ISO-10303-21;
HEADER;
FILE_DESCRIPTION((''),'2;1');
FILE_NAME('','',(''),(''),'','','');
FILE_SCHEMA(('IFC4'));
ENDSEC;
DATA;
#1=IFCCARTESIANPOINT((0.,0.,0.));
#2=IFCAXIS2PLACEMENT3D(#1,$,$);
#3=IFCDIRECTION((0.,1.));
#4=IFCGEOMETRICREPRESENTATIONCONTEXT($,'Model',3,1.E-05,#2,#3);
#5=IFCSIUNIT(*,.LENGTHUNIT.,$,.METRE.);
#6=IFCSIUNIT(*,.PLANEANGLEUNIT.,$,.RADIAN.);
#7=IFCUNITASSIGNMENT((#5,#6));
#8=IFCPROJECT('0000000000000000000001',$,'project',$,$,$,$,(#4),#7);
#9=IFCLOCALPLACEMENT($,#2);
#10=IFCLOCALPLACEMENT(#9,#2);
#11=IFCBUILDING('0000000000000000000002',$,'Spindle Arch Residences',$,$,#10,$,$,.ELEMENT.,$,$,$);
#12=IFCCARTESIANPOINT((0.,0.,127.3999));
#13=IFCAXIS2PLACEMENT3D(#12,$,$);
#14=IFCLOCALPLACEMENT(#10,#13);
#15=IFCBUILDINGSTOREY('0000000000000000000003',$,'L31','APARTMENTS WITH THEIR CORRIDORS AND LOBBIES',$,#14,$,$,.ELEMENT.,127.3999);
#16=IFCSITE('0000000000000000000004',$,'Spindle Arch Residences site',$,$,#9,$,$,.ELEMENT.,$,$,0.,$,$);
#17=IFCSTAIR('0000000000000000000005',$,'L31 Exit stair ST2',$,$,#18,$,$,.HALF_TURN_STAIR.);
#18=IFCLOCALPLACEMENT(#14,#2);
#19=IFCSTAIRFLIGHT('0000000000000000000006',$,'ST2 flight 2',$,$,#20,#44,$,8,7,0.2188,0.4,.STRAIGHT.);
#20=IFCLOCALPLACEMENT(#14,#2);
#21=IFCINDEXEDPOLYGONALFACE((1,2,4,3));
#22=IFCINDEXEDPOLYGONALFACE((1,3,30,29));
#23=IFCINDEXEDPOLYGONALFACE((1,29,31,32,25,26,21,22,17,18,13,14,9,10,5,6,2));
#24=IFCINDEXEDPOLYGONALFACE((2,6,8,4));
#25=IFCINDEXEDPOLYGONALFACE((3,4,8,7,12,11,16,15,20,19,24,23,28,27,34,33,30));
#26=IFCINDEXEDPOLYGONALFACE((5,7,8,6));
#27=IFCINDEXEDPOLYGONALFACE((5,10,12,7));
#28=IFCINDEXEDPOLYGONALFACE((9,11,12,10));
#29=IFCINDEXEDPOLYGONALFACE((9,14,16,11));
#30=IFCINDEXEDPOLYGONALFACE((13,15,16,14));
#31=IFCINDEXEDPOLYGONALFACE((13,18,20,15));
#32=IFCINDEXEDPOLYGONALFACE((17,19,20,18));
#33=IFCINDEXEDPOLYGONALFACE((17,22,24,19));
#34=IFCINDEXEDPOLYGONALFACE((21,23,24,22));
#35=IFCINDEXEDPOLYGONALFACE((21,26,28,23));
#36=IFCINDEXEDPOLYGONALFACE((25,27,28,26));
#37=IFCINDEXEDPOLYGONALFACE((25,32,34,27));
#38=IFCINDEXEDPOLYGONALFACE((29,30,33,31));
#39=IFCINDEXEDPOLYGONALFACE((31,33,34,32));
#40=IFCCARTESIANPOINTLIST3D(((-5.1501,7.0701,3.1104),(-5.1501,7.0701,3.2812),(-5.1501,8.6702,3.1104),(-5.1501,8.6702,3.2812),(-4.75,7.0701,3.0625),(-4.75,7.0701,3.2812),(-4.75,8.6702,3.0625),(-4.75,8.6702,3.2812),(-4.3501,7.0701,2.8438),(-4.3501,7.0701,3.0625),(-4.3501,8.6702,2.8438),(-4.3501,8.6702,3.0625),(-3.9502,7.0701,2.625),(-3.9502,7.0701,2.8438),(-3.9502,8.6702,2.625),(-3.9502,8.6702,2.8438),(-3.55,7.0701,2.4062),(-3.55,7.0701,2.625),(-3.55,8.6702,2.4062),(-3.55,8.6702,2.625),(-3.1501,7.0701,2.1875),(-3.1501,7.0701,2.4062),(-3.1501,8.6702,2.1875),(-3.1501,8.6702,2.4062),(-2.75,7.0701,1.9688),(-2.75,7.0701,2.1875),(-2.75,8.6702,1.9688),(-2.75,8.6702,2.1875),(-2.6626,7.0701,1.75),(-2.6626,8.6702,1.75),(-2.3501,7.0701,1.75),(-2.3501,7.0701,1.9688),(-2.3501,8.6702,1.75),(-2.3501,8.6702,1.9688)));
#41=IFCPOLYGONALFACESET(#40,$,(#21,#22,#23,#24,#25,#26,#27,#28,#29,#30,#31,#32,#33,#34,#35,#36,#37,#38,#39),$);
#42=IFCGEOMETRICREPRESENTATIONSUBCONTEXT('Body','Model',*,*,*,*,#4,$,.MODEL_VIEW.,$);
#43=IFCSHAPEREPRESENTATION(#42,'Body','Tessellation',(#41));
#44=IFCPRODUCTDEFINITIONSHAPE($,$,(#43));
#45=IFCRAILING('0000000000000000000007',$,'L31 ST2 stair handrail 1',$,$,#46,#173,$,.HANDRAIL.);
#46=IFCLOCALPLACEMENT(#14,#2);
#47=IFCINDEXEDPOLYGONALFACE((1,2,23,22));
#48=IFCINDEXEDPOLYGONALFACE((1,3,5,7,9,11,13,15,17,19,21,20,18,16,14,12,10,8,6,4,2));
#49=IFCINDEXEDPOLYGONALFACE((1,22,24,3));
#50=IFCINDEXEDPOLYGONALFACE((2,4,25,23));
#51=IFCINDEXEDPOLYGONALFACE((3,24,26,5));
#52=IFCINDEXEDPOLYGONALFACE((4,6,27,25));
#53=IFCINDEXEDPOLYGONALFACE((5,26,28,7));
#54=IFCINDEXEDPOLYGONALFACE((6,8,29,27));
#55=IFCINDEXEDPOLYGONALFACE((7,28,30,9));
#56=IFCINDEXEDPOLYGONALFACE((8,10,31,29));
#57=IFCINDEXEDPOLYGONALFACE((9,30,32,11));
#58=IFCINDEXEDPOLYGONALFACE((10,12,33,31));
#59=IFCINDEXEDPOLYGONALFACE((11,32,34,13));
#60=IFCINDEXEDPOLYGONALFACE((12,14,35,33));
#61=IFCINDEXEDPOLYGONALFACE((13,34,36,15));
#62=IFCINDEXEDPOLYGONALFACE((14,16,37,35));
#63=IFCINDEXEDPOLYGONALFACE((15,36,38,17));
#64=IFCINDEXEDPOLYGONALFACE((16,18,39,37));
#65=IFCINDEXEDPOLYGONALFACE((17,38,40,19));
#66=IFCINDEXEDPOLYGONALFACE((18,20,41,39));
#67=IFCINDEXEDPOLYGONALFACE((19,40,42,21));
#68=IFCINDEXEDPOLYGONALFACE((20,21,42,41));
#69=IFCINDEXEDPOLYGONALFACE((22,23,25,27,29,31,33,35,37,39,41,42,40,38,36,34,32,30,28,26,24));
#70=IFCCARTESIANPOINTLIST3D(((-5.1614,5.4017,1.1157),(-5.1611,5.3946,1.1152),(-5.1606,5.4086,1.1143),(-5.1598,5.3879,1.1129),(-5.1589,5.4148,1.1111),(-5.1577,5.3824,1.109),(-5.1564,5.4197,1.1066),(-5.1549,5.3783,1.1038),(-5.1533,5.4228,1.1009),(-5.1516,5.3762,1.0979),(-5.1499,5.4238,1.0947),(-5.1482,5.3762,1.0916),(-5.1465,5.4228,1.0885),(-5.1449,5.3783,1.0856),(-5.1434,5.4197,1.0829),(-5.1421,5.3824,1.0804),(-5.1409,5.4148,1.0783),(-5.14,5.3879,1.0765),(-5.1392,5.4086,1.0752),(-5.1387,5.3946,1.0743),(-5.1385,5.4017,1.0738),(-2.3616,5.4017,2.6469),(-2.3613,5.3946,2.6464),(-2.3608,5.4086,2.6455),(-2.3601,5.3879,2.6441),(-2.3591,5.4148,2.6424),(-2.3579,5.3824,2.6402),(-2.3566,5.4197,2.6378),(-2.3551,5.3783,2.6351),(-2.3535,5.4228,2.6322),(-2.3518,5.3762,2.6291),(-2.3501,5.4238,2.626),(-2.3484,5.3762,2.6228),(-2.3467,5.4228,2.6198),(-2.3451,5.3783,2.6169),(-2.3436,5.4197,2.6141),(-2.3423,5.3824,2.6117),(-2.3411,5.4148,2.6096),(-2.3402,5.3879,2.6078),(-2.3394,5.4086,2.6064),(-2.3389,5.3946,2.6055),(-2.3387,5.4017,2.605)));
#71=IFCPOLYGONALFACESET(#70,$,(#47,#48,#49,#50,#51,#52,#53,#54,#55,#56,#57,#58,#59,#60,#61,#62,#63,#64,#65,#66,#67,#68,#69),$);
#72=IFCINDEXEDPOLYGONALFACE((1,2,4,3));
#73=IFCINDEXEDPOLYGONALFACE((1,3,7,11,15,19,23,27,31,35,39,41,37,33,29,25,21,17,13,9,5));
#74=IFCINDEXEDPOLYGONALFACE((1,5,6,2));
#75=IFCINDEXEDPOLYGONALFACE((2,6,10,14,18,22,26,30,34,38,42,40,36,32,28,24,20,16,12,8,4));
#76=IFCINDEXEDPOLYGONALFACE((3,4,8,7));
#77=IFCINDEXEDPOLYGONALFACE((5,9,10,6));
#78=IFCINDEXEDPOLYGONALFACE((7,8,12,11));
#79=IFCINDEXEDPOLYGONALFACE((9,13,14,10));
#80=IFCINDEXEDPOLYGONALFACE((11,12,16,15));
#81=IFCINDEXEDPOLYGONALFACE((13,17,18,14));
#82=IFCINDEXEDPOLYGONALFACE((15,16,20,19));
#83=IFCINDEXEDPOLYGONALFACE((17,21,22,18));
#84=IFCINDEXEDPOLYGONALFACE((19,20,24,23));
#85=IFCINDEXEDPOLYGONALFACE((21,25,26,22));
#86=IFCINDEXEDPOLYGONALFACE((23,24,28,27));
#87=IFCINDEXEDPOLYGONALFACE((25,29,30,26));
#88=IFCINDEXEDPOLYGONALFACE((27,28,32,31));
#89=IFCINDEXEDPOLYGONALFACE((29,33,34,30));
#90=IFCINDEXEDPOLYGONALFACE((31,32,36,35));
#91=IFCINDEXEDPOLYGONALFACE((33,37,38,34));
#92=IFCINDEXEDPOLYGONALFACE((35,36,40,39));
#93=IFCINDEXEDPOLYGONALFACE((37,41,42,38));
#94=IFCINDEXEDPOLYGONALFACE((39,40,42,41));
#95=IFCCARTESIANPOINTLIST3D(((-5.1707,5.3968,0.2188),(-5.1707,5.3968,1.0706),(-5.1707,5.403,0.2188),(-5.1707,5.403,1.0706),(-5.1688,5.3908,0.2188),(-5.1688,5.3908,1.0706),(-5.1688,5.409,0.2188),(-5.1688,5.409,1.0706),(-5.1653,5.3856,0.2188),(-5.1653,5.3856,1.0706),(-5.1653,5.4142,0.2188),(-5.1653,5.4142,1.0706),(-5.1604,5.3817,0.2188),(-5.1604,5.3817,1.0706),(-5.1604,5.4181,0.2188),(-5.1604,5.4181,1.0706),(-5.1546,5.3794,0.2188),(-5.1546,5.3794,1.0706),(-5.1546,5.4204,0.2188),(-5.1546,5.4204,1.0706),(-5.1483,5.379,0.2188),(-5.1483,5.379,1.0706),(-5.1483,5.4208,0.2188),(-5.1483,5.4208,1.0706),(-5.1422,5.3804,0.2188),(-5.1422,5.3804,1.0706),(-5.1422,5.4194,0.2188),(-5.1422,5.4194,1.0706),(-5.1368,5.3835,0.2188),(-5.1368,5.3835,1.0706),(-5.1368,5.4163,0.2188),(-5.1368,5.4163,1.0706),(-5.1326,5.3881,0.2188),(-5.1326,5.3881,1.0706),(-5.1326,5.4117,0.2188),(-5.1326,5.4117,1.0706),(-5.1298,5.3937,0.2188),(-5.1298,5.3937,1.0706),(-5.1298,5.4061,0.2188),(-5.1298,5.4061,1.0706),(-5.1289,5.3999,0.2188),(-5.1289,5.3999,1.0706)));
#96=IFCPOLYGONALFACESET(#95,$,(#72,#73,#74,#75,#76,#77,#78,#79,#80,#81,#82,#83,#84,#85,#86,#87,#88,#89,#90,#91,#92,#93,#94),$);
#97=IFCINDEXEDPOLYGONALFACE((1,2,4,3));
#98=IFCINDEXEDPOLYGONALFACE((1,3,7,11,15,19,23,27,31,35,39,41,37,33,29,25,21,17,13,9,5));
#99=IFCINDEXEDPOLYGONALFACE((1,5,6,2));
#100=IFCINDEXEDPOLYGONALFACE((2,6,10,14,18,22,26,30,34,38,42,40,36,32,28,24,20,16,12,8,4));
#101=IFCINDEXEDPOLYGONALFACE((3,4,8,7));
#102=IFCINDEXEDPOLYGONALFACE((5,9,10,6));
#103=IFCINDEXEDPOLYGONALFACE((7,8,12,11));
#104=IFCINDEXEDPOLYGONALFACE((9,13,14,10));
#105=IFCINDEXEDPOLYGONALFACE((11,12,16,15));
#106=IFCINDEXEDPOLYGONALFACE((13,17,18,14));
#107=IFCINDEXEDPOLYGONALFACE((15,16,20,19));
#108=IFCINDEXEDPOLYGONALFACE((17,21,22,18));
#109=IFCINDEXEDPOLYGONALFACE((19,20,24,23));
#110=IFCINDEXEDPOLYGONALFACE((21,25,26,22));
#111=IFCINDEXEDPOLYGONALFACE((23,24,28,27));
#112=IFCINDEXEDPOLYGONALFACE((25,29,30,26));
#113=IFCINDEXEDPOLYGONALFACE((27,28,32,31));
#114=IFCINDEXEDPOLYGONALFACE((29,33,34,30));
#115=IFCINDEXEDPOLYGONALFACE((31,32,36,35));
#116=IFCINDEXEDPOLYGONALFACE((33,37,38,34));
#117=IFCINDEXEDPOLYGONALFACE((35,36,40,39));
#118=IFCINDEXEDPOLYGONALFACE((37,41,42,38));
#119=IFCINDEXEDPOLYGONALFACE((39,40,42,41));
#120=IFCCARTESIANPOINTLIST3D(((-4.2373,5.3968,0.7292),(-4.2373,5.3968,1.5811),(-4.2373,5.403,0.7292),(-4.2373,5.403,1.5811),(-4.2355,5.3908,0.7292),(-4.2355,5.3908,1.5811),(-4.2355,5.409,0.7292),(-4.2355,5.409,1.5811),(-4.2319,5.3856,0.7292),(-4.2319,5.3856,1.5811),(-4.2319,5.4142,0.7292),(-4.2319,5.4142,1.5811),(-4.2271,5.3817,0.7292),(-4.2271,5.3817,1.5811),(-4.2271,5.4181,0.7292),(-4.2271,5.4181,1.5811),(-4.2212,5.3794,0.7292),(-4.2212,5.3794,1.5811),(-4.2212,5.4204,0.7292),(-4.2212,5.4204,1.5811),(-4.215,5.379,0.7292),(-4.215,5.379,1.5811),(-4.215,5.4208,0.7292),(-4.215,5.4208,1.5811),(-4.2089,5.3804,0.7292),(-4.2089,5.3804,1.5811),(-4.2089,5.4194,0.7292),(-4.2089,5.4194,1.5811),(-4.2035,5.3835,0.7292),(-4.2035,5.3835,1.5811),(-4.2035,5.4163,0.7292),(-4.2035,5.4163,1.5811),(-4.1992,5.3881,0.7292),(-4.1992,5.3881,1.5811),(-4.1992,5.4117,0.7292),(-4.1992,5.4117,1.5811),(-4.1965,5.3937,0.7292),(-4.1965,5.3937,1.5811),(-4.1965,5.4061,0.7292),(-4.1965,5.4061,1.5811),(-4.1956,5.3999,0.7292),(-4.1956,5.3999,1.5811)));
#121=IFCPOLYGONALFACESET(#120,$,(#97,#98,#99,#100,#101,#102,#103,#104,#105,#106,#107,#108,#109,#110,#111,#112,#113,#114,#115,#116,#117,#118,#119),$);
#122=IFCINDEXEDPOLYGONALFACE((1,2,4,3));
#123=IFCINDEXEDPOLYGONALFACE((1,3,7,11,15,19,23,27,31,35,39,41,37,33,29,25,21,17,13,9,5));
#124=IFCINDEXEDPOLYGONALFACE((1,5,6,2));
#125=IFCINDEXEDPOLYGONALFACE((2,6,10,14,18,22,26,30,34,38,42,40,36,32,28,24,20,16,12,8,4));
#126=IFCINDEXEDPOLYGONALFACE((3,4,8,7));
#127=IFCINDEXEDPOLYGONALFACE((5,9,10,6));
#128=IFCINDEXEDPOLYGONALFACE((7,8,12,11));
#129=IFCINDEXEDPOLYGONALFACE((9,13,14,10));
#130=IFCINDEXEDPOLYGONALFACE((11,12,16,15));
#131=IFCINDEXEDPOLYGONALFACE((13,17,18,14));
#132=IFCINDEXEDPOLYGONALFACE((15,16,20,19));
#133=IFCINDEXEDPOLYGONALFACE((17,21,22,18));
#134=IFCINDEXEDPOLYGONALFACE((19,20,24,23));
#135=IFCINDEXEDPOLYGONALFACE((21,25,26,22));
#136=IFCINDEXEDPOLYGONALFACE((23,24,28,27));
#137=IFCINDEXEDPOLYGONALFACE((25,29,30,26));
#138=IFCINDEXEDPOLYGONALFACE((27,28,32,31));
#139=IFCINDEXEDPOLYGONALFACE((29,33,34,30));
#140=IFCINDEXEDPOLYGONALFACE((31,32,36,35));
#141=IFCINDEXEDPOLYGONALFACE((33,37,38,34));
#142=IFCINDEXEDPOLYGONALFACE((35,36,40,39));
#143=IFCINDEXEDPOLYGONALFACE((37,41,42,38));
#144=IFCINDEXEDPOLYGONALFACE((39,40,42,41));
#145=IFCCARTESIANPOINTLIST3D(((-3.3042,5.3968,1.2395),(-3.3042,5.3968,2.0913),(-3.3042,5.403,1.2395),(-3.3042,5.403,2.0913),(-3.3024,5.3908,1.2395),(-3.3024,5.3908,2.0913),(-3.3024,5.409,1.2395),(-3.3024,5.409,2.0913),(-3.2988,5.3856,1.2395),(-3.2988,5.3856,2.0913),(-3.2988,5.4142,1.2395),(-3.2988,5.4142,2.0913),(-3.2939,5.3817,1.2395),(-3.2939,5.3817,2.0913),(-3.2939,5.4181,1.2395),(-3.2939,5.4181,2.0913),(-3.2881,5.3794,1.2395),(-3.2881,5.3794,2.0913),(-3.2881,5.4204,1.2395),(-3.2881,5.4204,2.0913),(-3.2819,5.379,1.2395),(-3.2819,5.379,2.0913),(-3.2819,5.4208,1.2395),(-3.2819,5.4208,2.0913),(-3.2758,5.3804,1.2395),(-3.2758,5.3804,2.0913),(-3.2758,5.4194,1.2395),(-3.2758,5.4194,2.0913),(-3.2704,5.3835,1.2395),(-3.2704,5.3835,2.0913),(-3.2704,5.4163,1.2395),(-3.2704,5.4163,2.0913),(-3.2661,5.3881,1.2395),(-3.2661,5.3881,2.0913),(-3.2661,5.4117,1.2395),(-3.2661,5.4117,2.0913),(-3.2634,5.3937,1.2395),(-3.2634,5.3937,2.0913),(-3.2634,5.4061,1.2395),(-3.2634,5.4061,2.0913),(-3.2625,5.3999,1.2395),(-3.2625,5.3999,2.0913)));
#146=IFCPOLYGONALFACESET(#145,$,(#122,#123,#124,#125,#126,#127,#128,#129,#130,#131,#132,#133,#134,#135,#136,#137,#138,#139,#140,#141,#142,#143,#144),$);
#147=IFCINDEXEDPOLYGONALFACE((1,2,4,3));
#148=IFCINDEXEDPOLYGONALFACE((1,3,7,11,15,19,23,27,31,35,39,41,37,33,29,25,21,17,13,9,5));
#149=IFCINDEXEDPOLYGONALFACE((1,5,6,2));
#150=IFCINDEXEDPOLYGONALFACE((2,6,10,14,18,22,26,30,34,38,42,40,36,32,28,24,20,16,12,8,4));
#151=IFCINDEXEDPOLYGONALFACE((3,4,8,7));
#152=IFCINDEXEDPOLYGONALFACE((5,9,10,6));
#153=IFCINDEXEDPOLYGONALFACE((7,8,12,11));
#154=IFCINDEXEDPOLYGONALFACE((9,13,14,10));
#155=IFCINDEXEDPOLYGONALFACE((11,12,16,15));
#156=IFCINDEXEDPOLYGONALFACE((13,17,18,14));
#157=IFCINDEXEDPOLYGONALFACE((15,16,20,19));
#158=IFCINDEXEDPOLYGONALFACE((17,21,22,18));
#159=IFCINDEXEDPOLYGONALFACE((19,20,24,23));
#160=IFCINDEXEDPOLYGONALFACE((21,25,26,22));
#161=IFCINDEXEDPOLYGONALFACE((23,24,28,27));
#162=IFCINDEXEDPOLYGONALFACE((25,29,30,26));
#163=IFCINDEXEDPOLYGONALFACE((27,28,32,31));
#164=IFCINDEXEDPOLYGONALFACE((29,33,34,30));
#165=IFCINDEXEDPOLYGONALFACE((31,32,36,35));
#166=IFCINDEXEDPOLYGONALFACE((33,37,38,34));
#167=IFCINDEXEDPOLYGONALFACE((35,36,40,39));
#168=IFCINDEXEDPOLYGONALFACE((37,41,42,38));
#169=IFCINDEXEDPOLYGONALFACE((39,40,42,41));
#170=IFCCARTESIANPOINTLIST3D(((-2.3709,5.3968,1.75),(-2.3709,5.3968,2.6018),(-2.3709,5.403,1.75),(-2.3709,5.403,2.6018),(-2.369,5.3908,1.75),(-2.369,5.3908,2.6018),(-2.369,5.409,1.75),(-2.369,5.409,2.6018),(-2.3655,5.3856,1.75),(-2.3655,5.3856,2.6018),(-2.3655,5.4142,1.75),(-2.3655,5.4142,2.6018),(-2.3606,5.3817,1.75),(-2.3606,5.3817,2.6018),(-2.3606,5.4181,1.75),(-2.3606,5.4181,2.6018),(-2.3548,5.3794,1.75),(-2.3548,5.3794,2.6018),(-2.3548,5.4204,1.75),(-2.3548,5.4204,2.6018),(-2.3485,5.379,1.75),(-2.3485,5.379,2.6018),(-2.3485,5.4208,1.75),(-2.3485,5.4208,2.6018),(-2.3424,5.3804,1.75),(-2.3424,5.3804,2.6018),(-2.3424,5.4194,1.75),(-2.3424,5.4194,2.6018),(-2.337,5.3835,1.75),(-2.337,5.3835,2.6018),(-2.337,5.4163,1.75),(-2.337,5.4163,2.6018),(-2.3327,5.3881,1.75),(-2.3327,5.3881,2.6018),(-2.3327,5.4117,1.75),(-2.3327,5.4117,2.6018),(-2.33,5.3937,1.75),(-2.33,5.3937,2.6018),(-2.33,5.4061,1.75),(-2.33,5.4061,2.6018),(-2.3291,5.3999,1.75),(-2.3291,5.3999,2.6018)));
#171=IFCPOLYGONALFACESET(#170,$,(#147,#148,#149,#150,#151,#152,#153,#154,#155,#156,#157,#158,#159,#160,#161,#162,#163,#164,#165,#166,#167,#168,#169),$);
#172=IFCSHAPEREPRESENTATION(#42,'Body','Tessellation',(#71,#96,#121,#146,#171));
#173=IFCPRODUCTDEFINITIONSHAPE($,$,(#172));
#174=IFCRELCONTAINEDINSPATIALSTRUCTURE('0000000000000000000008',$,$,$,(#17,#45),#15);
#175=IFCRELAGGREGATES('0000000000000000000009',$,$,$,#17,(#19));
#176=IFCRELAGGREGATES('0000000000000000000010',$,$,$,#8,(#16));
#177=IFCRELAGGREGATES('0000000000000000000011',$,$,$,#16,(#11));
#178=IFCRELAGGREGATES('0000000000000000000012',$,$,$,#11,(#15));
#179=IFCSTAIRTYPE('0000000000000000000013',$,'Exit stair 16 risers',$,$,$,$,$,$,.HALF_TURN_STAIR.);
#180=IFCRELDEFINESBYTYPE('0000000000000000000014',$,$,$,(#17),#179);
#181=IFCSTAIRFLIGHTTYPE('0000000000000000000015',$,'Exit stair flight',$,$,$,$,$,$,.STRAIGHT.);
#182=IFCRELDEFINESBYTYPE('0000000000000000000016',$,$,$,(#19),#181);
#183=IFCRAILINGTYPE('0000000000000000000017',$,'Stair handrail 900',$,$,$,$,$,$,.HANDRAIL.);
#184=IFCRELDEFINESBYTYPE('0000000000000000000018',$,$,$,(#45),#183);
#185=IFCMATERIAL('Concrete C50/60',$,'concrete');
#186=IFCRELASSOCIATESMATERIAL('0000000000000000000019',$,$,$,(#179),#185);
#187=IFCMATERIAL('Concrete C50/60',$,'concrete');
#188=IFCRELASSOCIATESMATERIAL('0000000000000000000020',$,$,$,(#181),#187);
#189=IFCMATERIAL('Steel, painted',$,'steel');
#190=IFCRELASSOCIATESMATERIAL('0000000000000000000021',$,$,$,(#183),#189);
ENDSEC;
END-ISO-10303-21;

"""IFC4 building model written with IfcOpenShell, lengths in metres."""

from ifc_helpers import new_model, si_unit, direction, frame, origin, origin_2d, place, context, subcontext, project, spatial, polyline, circle, outline, extrude, material, type_object, element, aggregate, save


model = new_model("IFC4")

# Units and contexts
model_context = context("Model", 3, precision=1e-05, world=origin(), true_north=direction((0.0, 1.0)))
body_context = subcontext(model_context, "Body", "Model", "MODEL_VIEW")
ifc_project = project(units=[si_unit("LENGTHUNIT", "METRE"), si_unit("PLANEANGLEUNIT", "RADIAN")], contexts=[model_context])

# Site, building, storey
site_placement = place(None, origin())
site = spatial("IfcSite", under=ifc_project, at=site_placement, Name="Spindle Arch Residences site", CompositionType="ELEMENT", RefElevation=0.0)
building_placement = place(site_placement, origin())
building = spatial("IfcBuilding", under=site, at=building_placement, Name="Spindle Arch Residences", CompositionType="ELEMENT")
storey_placement = place(building_placement, frame((0.0, 0.0, 127.3999)))
storey = spatial("IfcBuildingStorey", under=building, at=storey_placement, Name="L31", Description="APARTMENTS WITH THEIR CORRIDORS AND LOBBIES", CompositionType="ELEMENT", Elevation=127.3999)

# Stair, stair flight
ifc_material_1 = material(Name="Concrete C50/60", Category="concrete")
stair_type = type_object("IfcStairType", Name="Exit stair 16 risers", PredefinedType="HALF_TURN_STAIR", material=ifc_material_1)
stair_placement = place(storey_placement, origin())
stair = element("IfcStair", 1, at=stair_placement, inside=storey, type_object=stair_type, Name="L31 Exit stair ST2", PredefinedType="HALF_TURN_STAIR")
ifc_material_2 = material(Name="Concrete C50/60", Category="concrete")
stair_flight_type = type_object("IfcStairFlightType", Name="Exit stair flight", PredefinedType="STRAIGHT", material=ifc_material_2)
stair_flight_1_placement = place(storey_placement, frame((-2.3501, 7.8701, 1.75), z_axis=(0.0, 0.0, 1.0), x_axis=(-1.0, 0.0, 0.0)))
stair_flight_1 = element("IfcStairFlight", 2, at=stair_flight_1_placement, type_object=stair_flight_type, Name="ST2 flight 2", NumberOfRisers=8, NumberOfTreads=7, PredefinedType="STRAIGHT", RiserHeight=0.2188, TreadLength=0.4, context=body_context, shape_type="SweptSolid", body=[
    extrude(outline(polyline([(0.0, 0.0), (0.0, 0.2188), (0.3999, 0.2188), (0.3999, 0.4375), (0.8, 0.4375), (0.8, 0.6562), (1.2, 0.6562), (1.2, 0.875), (1.6001, 0.875), (1.6001, 1.0938), (2.0, 1.0938), (2.0, 1.3125), (2.3999, 1.3125), (2.3999, 1.5312), (2.8, 1.5312), (2.8, 1.75), (2.8, 1.3604), (0.3125, 0.0), (0.0, 0.0)])), frame((0.0, 0.8, 0.0), z_axis=(0.0, -1.0, 0.0), x_axis=(1.0, 0.0, 0.0)), (0.0, 0.0, 1.0), 1.6001),
])
aggregate(stair, [stair_flight_1])

# Railing
ifc_material_3 = material(Name="Steel, painted", Category="steel")
railing_type_1 = type_object("IfcRailingType", Name="Stair handrail 900", PredefinedType="HANDRAIL", material=ifc_material_3)
railing_1_placement = place(storey_placement, frame((-5.1499, 5.3999, 0.2188)))
element("IfcRailing", 3, at=railing_1_placement, inside=storey, type_object=railing_type_1, Name="L31 ST2 stair handrail 1", PredefinedType="HANDRAIL", context=body_context, shape_type="SweptSolid", body=[
    extrude(circle(Radius=0.0239, at=origin_2d()), frame((0.0, 0.0, 0.876), z_axis=(0.877357, 0.0, 0.479838), x_axis=(0.0, 1.0, 0.0)), (0.0, 0.0, 1.0), 3.1912),
    extrude(circle(Radius=0.021, at=origin_2d()), origin(), (0.0, 0.0, 1.0), 0.8518),
    extrude(circle(Radius=0.021, at=origin_2d()), frame((0.9333, 0.0, 0.5105)), (0.0, 0.0, 1.0), 0.8518),
    extrude(circle(Radius=0.021, at=origin_2d()), frame((1.8665, 0.0, 1.0208)), (0.0, 0.0, 1.0), 0.8518),
    extrude(circle(Radius=0.021, at=origin_2d()), frame((2.7998, 0.0, 1.5312)), (0.0, 0.0, 1.0), 0.8518),
])

save(model, "model.ifc")
